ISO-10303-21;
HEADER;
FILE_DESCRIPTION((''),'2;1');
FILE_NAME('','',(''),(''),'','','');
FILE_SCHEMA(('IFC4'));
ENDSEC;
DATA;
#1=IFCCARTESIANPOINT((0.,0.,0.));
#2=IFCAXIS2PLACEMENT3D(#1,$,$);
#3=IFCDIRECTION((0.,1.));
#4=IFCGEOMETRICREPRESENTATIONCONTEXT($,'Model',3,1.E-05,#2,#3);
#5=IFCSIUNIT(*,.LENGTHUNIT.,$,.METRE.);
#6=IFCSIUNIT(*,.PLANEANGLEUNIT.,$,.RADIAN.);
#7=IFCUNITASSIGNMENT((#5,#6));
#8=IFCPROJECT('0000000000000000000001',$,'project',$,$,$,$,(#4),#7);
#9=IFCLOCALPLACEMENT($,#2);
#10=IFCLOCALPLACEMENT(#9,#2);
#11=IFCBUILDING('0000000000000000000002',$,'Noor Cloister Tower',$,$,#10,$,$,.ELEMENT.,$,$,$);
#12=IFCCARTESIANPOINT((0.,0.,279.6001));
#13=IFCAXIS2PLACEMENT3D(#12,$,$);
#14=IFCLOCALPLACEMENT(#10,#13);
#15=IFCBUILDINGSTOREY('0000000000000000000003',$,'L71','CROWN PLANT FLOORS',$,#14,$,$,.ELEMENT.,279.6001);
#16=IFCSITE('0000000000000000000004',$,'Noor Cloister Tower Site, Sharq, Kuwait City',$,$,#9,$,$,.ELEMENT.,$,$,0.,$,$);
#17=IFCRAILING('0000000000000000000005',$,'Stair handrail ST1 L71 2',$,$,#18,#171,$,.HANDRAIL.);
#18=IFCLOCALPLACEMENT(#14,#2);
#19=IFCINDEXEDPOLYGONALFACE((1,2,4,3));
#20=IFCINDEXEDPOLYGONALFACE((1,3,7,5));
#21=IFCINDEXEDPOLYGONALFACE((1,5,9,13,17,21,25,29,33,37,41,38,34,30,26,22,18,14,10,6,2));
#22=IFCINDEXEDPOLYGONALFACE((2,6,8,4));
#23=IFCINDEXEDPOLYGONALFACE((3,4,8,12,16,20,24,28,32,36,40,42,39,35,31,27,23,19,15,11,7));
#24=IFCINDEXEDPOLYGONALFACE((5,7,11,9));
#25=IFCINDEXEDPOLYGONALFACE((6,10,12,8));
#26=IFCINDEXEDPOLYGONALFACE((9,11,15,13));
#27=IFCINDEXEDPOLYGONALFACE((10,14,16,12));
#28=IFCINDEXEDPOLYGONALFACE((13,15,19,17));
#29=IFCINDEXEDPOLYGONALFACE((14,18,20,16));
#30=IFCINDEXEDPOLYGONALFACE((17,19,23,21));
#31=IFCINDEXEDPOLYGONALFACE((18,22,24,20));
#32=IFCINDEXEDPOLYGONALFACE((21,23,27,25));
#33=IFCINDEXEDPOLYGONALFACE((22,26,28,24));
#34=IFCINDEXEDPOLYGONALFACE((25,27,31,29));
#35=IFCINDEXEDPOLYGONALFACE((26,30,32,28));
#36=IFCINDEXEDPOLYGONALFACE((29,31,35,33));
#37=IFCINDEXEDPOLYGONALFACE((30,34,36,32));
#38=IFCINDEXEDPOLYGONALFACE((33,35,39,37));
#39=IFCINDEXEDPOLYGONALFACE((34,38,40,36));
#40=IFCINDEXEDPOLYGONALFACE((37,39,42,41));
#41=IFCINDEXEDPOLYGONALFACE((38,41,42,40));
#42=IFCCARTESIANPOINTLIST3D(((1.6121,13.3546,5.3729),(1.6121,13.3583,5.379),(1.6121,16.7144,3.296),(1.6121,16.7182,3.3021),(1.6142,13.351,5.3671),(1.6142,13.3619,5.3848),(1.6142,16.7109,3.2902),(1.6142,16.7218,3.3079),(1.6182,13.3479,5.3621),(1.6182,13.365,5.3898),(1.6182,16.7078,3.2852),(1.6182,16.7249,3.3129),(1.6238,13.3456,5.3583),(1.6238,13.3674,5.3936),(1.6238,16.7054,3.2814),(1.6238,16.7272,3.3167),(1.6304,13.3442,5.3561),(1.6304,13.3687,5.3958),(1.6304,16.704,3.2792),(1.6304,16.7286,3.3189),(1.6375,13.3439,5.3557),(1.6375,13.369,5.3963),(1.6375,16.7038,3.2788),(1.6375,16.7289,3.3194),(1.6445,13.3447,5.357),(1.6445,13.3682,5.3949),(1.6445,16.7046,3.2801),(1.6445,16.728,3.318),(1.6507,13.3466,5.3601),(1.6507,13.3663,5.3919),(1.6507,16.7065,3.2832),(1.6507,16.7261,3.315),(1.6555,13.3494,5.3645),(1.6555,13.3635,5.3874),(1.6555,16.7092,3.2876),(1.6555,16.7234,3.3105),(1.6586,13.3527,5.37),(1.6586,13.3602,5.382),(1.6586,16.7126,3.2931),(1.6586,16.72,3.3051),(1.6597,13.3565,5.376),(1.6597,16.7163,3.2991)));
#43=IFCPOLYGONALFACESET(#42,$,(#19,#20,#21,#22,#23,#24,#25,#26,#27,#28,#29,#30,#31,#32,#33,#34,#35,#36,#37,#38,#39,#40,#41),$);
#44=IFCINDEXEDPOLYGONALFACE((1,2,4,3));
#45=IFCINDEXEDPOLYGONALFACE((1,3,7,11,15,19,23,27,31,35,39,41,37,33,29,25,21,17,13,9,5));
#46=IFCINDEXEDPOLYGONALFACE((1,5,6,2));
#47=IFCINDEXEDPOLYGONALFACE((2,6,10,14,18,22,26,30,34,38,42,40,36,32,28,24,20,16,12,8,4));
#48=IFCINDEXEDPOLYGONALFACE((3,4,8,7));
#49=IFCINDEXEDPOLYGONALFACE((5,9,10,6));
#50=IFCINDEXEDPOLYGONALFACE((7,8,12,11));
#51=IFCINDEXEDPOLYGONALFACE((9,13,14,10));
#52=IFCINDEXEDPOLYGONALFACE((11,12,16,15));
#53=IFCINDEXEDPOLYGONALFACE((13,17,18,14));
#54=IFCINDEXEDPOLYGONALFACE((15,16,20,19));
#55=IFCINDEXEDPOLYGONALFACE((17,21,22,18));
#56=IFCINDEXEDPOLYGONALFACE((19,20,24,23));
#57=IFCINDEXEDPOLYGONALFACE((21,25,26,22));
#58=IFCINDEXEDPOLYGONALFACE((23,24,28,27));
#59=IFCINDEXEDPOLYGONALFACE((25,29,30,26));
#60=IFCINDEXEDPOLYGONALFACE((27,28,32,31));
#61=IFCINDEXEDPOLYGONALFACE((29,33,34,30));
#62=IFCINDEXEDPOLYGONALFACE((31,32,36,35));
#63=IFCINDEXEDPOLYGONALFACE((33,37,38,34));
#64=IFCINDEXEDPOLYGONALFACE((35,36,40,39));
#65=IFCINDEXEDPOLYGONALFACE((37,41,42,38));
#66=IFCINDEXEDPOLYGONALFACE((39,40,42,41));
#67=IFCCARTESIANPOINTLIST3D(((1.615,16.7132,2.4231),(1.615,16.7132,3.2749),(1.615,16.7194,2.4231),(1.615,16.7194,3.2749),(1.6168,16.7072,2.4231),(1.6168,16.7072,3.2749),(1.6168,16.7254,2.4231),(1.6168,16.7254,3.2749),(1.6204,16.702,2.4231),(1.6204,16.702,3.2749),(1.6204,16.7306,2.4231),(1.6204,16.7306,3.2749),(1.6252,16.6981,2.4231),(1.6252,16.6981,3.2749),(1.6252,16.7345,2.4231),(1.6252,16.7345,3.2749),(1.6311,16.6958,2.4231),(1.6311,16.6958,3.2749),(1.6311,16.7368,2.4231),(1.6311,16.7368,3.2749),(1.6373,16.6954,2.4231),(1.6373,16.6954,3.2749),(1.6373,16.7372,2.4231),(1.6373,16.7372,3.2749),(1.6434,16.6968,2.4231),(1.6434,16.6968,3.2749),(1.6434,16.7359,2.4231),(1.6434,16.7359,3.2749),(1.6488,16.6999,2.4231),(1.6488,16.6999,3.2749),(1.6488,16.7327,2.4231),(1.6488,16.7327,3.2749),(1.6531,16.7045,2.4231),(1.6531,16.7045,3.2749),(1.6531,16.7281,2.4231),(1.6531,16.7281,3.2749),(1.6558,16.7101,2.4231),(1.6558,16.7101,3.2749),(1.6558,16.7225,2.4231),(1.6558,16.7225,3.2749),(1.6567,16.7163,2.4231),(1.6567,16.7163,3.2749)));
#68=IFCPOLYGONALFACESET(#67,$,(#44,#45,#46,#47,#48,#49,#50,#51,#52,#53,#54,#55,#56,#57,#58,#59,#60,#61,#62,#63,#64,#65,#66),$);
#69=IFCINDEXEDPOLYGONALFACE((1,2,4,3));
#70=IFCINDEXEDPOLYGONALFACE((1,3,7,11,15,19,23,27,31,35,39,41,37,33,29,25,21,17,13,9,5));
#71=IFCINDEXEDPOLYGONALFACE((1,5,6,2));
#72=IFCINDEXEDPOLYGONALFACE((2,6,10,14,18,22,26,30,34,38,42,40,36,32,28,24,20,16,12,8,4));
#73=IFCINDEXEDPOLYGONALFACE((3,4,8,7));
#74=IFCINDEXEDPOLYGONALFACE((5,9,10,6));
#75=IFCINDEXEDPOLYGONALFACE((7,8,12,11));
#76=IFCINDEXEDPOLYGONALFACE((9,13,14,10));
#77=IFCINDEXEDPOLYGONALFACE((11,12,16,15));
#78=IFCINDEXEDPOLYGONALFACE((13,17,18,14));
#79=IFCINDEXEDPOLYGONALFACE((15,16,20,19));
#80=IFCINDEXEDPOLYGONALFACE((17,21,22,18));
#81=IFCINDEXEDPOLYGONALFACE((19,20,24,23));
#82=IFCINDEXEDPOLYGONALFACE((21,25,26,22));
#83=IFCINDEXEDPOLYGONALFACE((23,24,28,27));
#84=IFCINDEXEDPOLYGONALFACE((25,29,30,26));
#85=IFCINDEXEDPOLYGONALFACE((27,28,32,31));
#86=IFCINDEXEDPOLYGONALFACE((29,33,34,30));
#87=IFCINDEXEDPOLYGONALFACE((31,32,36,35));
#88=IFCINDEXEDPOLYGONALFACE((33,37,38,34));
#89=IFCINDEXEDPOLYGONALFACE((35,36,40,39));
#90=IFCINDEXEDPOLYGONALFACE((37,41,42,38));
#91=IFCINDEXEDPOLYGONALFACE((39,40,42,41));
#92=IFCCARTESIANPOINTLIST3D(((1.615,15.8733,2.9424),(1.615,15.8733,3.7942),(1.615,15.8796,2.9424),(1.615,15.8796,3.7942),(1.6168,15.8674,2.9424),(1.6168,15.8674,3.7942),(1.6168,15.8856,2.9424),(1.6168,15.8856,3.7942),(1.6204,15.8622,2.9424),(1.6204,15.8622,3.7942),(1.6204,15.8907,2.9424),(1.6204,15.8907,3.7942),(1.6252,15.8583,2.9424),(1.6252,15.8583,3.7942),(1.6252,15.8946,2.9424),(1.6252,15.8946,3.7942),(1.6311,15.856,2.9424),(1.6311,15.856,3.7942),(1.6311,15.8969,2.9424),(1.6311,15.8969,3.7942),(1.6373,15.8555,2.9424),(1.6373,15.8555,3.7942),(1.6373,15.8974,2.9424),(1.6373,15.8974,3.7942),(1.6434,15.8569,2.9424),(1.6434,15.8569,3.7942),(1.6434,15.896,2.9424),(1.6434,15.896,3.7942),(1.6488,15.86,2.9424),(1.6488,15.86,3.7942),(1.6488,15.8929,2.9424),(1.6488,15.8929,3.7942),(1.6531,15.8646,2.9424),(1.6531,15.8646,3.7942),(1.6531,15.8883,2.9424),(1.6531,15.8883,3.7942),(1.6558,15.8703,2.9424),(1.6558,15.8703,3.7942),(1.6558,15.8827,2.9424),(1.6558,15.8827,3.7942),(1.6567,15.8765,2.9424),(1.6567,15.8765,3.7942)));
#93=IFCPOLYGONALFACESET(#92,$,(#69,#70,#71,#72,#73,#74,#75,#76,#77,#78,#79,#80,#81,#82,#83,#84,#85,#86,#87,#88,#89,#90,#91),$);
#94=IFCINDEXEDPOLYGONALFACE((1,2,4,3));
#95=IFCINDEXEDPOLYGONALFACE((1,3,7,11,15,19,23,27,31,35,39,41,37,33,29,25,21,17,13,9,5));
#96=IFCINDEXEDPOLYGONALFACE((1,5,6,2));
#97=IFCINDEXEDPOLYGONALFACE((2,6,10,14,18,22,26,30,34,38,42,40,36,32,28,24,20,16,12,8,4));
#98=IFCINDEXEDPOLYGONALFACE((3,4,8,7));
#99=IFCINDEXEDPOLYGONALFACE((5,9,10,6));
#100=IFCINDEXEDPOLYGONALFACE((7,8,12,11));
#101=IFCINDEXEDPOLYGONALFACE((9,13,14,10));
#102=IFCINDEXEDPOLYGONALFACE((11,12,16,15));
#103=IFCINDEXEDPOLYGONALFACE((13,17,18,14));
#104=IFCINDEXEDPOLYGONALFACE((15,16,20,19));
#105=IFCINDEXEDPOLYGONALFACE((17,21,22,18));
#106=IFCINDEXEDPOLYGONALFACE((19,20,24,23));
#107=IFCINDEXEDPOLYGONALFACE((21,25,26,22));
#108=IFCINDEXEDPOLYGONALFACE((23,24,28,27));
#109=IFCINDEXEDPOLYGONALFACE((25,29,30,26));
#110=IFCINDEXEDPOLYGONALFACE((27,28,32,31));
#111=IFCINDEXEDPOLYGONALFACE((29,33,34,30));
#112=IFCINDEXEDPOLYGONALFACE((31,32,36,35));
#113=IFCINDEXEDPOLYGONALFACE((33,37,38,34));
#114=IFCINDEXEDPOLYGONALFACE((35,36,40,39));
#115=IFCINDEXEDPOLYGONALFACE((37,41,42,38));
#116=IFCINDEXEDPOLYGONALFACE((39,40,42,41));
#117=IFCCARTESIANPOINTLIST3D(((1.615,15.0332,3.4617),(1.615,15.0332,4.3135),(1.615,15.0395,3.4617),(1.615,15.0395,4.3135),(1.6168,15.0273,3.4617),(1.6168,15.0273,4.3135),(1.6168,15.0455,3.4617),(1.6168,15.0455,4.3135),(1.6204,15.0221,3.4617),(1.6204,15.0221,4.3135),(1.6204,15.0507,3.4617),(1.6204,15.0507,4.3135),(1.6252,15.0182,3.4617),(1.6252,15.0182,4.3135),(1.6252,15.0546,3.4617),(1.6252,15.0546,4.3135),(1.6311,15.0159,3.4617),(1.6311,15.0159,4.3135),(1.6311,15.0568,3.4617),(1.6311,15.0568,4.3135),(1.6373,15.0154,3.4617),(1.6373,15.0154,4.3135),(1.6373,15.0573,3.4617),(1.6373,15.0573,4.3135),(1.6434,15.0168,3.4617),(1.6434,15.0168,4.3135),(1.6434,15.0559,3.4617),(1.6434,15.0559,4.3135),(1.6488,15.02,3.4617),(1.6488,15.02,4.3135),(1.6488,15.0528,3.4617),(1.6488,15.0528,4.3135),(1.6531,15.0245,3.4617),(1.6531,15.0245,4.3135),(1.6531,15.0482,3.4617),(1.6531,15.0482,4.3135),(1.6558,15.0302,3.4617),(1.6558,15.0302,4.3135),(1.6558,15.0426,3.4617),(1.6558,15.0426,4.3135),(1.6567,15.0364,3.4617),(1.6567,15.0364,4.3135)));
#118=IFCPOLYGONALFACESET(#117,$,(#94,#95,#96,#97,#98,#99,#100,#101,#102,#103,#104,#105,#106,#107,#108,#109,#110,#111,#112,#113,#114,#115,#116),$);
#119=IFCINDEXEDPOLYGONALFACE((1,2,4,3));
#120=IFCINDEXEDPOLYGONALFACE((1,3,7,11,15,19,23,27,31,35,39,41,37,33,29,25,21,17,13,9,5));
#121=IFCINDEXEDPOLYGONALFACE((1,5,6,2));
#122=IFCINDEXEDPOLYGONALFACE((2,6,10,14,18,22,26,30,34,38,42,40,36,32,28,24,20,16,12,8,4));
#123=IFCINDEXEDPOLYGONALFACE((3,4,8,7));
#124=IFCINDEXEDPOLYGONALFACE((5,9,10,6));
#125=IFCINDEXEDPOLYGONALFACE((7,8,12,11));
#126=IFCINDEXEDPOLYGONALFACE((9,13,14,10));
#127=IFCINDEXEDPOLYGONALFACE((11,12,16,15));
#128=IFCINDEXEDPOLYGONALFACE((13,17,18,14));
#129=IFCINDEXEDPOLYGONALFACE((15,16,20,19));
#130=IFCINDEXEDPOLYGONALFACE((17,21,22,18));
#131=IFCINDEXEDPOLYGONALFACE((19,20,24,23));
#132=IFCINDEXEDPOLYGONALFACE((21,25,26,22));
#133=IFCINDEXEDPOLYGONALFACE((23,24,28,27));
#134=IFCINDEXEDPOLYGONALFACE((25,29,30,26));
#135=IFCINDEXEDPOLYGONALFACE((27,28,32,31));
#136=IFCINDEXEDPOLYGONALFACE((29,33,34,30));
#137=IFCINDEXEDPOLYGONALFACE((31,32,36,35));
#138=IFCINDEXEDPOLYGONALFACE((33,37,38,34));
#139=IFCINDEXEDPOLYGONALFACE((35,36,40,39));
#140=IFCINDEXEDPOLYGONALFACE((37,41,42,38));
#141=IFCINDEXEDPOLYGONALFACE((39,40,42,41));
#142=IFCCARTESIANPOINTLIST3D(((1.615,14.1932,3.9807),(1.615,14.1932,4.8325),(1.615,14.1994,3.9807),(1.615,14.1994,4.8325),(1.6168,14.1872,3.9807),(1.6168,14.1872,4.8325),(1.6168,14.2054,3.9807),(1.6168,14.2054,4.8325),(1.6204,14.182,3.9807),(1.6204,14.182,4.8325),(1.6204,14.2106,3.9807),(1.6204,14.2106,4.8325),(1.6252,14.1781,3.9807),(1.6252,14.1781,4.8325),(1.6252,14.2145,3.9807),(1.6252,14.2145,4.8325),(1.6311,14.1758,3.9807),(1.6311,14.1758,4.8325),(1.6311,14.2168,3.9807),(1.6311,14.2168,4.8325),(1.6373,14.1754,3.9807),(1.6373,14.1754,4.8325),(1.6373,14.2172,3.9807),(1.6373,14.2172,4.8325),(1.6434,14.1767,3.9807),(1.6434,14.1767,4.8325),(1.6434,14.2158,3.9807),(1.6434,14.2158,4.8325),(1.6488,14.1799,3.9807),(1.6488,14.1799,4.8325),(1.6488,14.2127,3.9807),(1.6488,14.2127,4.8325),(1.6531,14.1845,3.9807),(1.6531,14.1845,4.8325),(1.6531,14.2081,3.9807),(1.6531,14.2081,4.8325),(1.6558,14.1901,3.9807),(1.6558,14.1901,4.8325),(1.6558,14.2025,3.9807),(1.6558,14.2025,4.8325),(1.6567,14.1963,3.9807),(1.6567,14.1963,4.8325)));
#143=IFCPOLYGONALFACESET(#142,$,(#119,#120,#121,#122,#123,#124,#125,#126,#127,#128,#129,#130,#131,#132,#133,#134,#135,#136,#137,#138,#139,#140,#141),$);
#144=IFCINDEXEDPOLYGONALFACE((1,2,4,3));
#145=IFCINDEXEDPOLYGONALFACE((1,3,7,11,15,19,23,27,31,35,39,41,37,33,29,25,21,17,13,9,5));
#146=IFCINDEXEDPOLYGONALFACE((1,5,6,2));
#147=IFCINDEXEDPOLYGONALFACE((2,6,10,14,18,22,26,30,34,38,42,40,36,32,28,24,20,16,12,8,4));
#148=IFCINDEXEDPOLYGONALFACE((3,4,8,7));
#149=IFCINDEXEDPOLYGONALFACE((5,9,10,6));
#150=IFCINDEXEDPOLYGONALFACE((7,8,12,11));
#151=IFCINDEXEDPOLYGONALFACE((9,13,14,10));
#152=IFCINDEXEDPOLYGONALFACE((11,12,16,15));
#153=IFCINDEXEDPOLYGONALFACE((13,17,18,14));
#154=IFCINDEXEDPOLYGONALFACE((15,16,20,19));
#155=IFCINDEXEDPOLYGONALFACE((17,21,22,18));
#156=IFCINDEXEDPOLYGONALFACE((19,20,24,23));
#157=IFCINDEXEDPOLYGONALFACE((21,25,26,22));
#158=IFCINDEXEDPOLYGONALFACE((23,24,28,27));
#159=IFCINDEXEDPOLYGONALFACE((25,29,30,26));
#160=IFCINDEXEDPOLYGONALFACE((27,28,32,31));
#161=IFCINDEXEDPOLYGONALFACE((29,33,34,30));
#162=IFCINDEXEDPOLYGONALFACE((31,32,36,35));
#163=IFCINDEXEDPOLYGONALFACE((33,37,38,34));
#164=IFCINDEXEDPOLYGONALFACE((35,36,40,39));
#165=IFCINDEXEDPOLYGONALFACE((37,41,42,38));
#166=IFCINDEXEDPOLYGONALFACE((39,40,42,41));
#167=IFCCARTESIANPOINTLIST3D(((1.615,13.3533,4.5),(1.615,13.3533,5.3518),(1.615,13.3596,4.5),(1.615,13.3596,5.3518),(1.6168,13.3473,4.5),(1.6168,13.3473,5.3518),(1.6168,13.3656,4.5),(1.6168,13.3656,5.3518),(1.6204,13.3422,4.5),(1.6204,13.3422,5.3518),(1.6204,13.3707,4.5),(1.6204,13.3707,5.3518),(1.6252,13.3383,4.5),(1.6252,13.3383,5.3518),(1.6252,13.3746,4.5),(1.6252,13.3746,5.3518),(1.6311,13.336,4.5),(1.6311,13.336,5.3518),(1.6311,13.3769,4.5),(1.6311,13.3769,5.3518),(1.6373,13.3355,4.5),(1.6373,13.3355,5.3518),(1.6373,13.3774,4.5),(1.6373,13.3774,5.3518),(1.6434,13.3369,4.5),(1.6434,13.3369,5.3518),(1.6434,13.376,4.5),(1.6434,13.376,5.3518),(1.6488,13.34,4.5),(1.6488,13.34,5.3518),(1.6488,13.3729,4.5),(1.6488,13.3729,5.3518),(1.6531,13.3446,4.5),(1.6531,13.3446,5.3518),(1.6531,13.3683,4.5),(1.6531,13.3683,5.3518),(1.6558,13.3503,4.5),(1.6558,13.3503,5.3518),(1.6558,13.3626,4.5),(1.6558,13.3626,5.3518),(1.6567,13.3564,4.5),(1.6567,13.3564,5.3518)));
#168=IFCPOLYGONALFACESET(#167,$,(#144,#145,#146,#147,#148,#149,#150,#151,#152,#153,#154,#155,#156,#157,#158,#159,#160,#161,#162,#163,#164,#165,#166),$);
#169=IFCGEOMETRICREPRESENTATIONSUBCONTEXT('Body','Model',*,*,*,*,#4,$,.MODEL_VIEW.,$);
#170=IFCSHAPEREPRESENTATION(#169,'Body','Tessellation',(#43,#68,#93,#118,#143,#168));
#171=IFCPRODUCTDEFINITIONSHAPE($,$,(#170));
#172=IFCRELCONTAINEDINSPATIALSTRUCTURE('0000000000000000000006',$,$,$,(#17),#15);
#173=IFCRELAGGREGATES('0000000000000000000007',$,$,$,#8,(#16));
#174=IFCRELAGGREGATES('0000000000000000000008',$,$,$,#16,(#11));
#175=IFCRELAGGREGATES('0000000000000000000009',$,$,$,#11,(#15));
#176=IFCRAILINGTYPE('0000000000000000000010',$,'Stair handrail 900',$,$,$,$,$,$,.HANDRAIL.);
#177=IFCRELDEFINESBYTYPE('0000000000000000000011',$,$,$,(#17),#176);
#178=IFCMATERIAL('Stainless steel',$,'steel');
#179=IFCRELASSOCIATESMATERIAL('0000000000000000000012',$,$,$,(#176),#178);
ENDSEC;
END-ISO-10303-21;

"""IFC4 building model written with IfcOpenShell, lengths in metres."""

from ifc_helpers import new_model, si_unit, direction, frame, origin, origin_2d, place, context, subcontext, project, spatial, circle, extrude, material, type_object, element, save


model = new_model("IFC4")

# Units and contexts
model_context = context("Model", 3, precision=1e-05, world=origin(), true_north=direction((0.0, 1.0)))
body_context = subcontext(model_context, "Body", "Model", "MODEL_VIEW")
ifc_project = project(units=[si_unit("LENGTHUNIT", "METRE"), si_unit("PLANEANGLEUNIT", "RADIAN")], contexts=[model_context])

# Site, building, storey
site_placement = place(None, origin())
site = spatial("IfcSite", under=ifc_project, at=site_placement, Name="Noor Cloister Tower Site, Sharq, Kuwait City", CompositionType="ELEMENT", RefElevation=0.0)
building_placement = place(site_placement, origin())
building = spatial("IfcBuilding", under=site, at=building_placement, Name="Noor Cloister Tower", CompositionType="ELEMENT")
storey_placement = place(building_placement, frame((0.0, 0.0, 279.6001)))
storey = spatial("IfcBuildingStorey", under=building, at=storey_placement, Name="L71", Description="CROWN PLANT FLOORS", CompositionType="ELEMENT", Elevation=279.6001)

# Railing
ifc_material_1 = material(Name="Stainless steel", Category="steel")
railing_type_1 = type_object("IfcRailingType", Name="Stair handrail 900", PredefinedType="HANDRAIL", material=ifc_material_1)
railing_1_placement = place(storey_placement, frame((1.6357, 16.7163, 2.4231)))
element("IfcRailing", 1, at=railing_1_placement, inside=storey, type_object=railing_type_1, Name="Stair handrail ST1 L71 2", PredefinedType="HANDRAIL", context=body_context, shape_type="SweptSolid", body=[
    extrude(circle(Radius=0.0239, at=origin_2d()), frame((0.0, 0.0, 0.876), z_axis=(0.0, -0.850606, 0.525803), x_axis=(1.0, 0.0, 0.0)), (0.0, 0.0, 1.0), 3.95),
    extrude(circle(Radius=0.021, at=origin_2d()), origin(), (0.0, 0.0, 1.0), 0.8518),
    extrude(circle(Radius=0.021, at=origin_2d()), frame((0.0, -0.8398, 0.5193)), (0.0, 0.0, 1.0), 0.8518),
    extrude(circle(Radius=0.021, at=origin_2d()), frame((0.0, -1.6799, 1.0386)), (0.0, 0.0, 1.0), 0.8518),
    extrude(circle(Radius=0.021, at=origin_2d()), frame((0.0, -2.52, 1.5576)), (0.0, 0.0, 1.0), 0.8518),
    extrude(circle(Radius=0.021, at=origin_2d()), frame((0.0, -3.3599, 2.0769)), (0.0, 0.0, 1.0), 0.8518),
])

save(model, "model.ifc")
